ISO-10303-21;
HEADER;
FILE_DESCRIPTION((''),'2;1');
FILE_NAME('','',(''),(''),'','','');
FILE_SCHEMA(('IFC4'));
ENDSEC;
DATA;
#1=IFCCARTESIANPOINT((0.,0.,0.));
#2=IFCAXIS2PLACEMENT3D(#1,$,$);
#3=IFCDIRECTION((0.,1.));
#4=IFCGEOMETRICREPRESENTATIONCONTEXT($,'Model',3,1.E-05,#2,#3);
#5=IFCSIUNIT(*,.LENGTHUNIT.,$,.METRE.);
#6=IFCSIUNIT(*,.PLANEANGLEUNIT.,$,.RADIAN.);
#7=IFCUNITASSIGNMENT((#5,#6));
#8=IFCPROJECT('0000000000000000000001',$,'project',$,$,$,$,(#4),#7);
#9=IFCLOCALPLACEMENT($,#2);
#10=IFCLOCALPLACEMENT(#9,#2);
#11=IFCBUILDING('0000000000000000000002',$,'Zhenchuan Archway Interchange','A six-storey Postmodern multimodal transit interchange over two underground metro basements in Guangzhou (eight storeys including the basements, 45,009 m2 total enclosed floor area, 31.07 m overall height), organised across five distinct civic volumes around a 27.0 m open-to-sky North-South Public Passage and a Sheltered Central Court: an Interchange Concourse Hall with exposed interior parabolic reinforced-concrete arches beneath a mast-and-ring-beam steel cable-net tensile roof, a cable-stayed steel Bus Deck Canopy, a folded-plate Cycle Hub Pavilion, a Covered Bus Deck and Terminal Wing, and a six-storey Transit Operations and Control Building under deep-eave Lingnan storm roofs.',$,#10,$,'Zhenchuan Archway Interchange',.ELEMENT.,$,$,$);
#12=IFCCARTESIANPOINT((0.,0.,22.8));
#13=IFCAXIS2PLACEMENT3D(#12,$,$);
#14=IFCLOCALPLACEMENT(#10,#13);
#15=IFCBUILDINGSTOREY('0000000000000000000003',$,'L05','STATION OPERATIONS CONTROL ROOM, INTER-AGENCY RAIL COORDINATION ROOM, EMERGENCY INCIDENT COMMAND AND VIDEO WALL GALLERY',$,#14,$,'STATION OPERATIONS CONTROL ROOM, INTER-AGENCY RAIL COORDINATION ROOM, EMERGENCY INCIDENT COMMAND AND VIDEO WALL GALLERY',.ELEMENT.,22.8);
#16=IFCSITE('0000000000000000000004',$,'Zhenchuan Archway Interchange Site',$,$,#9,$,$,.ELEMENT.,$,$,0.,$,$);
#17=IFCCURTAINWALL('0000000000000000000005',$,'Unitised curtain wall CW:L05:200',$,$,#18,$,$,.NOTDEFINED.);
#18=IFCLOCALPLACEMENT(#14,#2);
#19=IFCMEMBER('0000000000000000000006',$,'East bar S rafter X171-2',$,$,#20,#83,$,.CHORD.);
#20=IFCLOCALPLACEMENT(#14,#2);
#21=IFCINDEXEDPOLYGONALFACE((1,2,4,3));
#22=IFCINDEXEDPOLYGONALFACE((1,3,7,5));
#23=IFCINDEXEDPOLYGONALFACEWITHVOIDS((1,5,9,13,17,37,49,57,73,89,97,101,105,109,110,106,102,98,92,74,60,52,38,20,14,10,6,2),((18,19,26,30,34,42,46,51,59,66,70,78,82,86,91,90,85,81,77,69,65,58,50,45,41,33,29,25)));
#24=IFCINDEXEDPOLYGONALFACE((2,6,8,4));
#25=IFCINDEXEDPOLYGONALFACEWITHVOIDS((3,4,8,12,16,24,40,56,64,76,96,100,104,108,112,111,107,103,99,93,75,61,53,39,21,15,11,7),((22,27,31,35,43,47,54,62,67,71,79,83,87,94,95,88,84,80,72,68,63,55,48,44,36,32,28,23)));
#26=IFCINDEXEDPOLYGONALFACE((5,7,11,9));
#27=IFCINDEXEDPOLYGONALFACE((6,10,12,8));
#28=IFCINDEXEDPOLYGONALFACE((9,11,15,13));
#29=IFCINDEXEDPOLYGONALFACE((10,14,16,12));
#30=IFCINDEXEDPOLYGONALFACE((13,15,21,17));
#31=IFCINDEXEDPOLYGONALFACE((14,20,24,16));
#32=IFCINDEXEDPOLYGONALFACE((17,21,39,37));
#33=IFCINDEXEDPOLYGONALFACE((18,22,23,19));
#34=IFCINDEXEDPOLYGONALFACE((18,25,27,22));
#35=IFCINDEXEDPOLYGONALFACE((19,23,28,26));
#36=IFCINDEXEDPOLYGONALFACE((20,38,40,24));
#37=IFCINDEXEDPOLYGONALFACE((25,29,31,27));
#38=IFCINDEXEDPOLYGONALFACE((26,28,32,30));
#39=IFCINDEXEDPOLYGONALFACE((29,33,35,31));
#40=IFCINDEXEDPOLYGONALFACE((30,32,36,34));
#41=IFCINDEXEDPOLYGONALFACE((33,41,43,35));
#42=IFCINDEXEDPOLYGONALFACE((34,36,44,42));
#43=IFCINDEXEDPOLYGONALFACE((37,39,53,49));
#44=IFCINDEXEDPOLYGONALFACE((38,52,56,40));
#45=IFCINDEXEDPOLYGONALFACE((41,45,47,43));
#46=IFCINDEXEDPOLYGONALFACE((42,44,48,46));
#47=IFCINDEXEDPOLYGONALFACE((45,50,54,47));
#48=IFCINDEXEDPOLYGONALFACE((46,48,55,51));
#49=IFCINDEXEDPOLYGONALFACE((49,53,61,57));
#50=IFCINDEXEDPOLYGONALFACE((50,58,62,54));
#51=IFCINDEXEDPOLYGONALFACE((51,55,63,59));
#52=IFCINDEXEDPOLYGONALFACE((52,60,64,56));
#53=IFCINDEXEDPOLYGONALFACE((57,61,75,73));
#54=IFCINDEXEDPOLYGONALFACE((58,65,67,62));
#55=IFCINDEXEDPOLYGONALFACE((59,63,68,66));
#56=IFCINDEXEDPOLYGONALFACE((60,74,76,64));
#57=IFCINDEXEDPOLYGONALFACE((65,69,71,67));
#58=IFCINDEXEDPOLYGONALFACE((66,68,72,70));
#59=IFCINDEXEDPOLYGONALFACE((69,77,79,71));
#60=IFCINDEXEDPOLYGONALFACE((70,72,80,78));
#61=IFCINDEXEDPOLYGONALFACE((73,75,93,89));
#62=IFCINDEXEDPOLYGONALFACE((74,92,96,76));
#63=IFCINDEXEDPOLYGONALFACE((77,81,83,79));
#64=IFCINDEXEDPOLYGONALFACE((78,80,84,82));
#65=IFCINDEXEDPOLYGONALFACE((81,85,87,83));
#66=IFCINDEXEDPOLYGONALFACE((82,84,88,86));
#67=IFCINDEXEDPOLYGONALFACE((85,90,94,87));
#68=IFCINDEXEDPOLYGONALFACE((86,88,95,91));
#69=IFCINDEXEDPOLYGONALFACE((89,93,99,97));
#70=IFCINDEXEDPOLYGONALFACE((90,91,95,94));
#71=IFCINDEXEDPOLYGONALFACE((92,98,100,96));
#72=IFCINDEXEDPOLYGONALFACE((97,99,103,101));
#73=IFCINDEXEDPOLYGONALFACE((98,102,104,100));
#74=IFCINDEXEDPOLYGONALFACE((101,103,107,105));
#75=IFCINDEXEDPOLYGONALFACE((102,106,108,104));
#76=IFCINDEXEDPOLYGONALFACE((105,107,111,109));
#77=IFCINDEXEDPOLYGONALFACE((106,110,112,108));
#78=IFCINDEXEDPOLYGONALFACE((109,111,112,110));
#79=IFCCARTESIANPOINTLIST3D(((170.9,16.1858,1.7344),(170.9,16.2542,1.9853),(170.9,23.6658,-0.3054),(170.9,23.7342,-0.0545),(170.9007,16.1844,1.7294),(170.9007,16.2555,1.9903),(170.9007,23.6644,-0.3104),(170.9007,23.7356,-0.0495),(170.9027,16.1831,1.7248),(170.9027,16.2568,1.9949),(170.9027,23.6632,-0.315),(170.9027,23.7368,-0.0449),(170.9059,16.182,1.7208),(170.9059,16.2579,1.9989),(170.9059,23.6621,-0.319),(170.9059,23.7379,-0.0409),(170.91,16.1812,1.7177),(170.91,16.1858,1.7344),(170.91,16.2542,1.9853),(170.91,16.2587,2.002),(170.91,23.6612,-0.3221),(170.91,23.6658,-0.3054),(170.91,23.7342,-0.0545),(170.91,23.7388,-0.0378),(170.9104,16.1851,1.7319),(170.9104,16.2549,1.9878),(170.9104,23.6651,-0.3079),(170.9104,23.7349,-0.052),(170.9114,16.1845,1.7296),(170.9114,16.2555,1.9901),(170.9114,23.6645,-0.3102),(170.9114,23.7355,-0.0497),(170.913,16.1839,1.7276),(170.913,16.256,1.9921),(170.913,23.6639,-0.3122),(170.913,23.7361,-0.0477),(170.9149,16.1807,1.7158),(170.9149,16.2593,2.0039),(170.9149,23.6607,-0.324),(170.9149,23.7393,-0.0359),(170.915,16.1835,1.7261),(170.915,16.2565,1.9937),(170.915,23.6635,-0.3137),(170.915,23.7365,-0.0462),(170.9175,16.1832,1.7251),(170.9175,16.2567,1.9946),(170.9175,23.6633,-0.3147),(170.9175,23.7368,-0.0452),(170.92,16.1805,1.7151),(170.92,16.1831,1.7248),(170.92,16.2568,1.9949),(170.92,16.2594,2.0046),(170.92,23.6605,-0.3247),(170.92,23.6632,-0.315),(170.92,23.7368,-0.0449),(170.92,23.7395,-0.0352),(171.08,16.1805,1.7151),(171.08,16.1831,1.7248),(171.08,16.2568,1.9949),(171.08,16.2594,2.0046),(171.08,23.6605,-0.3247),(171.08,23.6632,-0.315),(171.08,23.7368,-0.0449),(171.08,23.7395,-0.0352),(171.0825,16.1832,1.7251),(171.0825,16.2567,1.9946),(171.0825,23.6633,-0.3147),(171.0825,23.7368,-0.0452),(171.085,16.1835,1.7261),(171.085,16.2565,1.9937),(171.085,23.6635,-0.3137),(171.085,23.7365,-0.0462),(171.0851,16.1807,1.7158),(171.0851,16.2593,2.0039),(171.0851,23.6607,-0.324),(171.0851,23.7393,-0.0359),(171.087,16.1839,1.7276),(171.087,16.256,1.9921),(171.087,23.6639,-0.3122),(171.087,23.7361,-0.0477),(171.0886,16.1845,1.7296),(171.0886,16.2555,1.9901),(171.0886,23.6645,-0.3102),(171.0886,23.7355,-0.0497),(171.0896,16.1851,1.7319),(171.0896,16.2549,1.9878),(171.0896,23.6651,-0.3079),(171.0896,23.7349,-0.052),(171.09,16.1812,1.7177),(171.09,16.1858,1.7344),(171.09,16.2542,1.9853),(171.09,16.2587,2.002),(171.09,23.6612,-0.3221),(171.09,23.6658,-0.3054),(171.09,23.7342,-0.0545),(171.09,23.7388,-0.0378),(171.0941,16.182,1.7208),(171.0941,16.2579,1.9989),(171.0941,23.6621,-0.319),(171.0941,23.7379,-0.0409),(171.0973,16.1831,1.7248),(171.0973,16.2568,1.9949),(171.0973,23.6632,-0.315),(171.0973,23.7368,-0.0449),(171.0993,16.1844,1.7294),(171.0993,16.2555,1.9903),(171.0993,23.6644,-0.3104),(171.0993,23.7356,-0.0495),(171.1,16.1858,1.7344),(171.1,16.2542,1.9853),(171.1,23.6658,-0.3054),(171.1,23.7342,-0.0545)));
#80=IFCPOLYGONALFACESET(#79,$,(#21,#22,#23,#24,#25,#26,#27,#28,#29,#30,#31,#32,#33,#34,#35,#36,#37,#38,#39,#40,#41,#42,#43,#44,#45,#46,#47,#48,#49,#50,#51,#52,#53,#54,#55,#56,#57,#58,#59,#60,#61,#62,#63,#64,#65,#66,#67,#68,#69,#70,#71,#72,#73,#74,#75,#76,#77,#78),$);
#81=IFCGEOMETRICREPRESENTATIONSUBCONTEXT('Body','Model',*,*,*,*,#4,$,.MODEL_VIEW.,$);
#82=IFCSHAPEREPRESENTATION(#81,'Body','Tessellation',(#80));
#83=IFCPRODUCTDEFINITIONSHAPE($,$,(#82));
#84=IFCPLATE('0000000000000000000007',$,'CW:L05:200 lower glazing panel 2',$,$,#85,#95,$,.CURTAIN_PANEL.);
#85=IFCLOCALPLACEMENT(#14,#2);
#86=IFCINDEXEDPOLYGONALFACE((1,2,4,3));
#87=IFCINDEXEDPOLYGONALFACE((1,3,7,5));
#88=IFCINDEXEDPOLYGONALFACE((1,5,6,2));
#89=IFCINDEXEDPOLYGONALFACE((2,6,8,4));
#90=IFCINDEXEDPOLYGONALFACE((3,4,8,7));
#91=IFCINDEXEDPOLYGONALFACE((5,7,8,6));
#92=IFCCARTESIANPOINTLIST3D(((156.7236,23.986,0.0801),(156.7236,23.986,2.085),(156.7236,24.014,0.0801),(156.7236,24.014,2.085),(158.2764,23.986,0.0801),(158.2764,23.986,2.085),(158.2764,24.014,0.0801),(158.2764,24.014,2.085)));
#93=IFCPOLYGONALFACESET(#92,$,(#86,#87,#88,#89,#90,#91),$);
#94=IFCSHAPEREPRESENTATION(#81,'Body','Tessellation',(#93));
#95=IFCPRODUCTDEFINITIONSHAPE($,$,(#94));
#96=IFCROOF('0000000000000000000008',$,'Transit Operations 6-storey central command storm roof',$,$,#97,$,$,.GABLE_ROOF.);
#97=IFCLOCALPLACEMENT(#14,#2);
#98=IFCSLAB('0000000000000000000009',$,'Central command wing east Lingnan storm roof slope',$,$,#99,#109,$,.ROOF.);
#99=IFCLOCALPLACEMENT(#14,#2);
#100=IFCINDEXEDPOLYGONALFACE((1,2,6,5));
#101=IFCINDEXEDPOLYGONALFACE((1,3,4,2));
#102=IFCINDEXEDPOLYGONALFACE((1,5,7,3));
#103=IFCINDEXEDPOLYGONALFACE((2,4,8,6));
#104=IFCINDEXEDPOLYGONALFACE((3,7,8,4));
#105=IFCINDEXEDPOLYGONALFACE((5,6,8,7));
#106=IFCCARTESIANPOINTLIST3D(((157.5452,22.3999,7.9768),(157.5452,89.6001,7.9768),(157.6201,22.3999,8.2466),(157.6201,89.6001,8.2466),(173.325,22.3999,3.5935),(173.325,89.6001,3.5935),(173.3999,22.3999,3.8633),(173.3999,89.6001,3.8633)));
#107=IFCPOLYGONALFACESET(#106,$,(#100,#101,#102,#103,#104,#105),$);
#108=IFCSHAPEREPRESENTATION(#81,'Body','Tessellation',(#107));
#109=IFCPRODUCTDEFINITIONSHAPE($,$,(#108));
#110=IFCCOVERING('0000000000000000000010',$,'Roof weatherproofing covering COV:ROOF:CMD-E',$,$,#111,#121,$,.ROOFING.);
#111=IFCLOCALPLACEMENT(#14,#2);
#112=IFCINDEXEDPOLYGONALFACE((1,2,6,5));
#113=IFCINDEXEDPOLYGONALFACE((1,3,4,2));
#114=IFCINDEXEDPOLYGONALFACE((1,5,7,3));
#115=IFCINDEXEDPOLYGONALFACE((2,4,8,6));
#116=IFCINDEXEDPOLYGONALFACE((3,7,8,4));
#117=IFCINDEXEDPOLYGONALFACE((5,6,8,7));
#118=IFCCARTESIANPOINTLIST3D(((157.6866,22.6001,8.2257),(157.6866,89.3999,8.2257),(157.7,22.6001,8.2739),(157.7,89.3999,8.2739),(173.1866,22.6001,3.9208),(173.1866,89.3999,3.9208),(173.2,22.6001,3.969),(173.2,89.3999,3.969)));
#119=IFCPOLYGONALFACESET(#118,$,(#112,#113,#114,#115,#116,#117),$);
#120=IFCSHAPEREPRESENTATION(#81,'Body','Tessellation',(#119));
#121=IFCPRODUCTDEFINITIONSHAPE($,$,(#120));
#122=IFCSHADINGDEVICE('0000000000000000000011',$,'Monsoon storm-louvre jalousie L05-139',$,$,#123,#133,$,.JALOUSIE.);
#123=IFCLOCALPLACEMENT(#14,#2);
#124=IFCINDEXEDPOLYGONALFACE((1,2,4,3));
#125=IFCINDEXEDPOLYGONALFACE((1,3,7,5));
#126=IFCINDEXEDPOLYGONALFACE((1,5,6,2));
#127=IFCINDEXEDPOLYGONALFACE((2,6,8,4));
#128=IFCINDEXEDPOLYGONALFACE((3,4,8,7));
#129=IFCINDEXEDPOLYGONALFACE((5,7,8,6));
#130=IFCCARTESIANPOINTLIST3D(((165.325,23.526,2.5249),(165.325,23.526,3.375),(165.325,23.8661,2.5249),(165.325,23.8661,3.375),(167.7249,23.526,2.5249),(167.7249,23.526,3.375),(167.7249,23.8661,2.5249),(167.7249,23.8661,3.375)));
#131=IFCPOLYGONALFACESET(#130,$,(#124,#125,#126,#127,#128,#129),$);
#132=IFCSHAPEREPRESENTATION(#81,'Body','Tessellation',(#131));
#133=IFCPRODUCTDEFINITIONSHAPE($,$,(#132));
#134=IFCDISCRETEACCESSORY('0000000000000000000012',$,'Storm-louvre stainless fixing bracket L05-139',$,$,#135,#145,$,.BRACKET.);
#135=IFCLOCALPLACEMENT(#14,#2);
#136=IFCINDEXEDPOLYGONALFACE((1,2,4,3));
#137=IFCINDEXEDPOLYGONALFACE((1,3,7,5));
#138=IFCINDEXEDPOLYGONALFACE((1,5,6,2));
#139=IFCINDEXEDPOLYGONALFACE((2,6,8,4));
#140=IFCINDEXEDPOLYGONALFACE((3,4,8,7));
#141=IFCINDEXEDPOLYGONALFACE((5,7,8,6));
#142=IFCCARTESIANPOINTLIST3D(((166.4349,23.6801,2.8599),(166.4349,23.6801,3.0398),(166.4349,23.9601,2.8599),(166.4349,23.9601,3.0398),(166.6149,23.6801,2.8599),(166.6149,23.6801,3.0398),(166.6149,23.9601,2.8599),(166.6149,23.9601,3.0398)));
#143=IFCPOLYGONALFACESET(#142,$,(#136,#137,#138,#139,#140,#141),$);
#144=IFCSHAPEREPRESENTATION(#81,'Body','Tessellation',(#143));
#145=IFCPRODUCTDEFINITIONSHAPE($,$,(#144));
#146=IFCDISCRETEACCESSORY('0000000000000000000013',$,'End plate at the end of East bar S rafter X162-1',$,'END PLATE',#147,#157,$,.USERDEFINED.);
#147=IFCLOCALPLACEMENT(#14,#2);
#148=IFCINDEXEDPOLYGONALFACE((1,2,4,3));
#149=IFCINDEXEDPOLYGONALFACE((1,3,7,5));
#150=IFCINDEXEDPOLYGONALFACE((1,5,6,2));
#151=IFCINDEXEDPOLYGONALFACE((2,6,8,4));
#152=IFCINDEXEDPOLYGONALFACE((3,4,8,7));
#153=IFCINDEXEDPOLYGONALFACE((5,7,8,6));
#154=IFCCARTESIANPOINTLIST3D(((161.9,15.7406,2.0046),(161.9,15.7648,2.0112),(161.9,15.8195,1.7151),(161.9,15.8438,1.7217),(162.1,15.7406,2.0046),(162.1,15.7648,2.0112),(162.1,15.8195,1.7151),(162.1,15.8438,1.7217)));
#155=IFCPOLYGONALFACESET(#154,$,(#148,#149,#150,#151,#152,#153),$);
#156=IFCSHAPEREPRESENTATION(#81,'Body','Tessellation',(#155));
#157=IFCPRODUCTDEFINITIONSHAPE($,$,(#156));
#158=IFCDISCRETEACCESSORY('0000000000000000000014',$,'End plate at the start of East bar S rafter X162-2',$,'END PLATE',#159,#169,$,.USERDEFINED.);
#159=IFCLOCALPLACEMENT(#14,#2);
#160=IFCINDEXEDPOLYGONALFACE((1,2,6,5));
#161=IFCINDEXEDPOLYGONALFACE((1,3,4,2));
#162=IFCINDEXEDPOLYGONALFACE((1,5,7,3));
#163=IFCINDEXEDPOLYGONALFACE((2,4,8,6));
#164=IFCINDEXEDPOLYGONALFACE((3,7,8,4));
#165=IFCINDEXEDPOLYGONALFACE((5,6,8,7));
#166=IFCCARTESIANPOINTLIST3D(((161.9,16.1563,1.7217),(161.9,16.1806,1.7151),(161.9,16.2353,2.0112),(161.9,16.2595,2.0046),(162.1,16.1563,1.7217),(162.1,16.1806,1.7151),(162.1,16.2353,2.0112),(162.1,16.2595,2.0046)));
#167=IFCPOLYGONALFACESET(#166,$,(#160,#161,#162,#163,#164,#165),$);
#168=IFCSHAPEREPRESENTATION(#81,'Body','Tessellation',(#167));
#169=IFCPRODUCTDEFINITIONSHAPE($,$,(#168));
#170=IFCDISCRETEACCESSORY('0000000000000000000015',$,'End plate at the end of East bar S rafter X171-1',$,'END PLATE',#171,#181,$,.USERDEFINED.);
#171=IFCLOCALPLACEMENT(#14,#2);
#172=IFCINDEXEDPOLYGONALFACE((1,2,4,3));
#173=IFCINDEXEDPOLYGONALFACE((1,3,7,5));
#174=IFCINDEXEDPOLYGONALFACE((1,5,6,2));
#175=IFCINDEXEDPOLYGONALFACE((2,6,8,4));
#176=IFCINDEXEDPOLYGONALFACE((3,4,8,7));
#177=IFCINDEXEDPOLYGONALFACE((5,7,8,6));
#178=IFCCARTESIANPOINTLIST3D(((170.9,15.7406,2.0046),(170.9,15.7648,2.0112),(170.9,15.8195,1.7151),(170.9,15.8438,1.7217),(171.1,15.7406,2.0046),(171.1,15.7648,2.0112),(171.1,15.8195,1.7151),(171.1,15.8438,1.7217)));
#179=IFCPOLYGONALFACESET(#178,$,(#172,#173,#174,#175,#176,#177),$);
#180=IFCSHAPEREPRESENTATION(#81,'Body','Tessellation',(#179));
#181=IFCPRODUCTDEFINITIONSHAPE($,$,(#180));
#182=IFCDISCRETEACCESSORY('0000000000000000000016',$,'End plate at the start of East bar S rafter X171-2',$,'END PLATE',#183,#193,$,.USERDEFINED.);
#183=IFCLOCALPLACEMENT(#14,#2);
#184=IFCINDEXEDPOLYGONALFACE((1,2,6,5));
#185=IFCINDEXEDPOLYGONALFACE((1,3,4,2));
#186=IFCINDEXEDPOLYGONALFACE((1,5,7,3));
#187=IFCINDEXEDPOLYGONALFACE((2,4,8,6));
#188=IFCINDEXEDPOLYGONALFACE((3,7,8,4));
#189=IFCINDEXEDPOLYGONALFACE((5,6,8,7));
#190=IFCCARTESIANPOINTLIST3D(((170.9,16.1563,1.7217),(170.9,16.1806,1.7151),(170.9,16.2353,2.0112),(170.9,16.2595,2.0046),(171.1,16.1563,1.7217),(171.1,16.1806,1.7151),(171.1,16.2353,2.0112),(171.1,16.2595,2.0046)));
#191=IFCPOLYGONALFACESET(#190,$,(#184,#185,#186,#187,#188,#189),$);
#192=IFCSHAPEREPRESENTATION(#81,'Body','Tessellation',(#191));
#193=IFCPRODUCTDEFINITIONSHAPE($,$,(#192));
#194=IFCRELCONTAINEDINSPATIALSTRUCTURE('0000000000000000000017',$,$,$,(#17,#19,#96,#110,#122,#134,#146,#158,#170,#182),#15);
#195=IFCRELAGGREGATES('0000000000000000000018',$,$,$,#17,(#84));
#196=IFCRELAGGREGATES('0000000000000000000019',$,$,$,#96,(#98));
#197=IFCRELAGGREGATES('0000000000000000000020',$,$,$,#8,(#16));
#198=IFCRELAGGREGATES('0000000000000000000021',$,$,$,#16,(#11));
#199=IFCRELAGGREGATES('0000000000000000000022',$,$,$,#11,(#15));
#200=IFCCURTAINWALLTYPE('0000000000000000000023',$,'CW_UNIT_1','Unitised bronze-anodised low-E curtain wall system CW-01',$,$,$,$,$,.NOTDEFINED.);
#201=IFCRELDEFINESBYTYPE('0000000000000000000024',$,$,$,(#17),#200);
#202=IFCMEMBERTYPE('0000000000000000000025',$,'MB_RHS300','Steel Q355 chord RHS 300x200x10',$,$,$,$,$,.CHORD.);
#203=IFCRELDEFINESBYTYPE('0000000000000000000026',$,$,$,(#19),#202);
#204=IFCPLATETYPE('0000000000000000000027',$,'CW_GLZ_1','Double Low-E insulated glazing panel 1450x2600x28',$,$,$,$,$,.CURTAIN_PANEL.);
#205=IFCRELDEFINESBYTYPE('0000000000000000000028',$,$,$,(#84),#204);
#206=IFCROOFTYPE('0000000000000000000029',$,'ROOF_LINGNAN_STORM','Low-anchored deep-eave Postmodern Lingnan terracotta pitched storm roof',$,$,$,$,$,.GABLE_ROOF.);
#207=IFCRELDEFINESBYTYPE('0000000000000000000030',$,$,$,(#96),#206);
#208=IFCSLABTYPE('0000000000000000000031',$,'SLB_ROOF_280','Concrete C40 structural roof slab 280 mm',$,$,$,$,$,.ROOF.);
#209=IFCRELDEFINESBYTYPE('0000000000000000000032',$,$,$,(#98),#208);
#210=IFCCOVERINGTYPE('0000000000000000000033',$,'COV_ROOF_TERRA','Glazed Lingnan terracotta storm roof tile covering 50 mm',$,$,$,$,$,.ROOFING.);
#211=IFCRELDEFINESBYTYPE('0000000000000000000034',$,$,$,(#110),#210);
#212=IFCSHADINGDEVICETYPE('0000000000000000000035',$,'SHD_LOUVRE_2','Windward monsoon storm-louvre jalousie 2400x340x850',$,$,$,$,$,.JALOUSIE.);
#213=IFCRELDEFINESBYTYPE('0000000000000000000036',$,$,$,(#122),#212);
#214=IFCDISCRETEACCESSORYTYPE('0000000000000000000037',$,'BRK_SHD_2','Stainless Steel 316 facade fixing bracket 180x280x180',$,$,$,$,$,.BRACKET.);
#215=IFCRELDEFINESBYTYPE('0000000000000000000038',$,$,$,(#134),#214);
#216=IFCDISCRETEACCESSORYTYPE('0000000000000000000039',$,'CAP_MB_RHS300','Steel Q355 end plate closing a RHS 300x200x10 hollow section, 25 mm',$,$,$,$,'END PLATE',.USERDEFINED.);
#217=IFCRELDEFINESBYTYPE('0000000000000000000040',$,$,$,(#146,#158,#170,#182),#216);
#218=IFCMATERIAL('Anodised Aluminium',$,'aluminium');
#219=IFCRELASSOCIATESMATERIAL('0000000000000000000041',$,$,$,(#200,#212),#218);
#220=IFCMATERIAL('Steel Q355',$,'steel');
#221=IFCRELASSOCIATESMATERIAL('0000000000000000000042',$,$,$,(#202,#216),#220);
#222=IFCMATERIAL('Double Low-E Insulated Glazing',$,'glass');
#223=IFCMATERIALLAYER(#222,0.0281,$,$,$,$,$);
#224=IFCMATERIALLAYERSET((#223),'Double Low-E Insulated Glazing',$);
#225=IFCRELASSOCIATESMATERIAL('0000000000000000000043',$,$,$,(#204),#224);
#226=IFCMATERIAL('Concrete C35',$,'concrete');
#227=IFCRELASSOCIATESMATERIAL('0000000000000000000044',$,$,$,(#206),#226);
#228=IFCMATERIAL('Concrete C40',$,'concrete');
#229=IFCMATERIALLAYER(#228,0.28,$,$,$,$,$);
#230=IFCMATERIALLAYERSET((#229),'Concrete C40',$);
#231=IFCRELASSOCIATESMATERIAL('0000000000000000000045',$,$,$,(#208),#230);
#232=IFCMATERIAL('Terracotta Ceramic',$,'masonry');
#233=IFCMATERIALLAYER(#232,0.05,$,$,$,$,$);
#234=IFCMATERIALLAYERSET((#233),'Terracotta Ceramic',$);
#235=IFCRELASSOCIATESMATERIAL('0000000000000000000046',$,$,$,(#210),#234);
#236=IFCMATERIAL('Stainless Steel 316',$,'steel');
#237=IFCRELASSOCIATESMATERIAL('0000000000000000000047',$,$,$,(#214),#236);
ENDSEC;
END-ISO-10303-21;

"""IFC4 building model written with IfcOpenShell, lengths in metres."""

from ifc_helpers import new_model, si_unit, direction, frame, origin, origin_2d, place, context, subcontext, project, spatial, polyline, rectangle, hollow_rectangle, outline, extrude, material, layer, layer_set, material_profile, profile_set, type_object, element, aggregate, save


model = new_model("IFC4")

# Units and contexts
model_context = context("Model", 3, precision=1e-05, world=origin(), true_north=direction((0.0, 1.0)))
body_context = subcontext(model_context, "Body", "Model", "MODEL_VIEW")
ifc_project = project(units=[si_unit("LENGTHUNIT", "METRE"), si_unit("PLANEANGLEUNIT", "RADIAN")], contexts=[model_context])

# Site, building, storey
site_placement = place(None, origin())
site = spatial("IfcSite", under=ifc_project, at=site_placement, Name="Zhenchuan Archway Interchange Site", CompositionType="ELEMENT", RefElevation=0.0)
building_placement = place(site_placement, origin())
building = spatial("IfcBuilding", under=site, at=building_placement, Name="Zhenchuan Archway Interchange", Description="A six-storey Postmodern multimodal transit interchange over two underground metro basements in Guangzhou (eight storeys including the basements, 45,009 m2 total enclosed floor area, 31.07 m overall height), organised across five distinct civic volumes around a 27.0 m open-to-sky North-South Public Passage and a Sheltered Central Court: an Interchange Concourse Hall with exposed interior parabolic reinforced-concrete arches beneath a mast-and-ring-beam steel cable-net tensile roof, a cable-stayed steel Bus Deck Canopy, a folded-plate Cycle Hub Pavilion, a Covered Bus Deck and Terminal Wing, and a six-storey Transit Operations and Control Building under deep-eave Lingnan storm roofs.", LongName="Zhenchuan Archway Interchange", CompositionType="ELEMENT")
storey_placement = place(building_placement, frame((0.0, 0.0, 22.8)))
storey = spatial("IfcBuildingStorey", under=building, at=storey_placement, Name="L05", Description="STATION OPERATIONS CONTROL ROOM, INTER-AGENCY RAIL COORDINATION ROOM, EMERGENCY INCIDENT COMMAND AND VIDEO WALL GALLERY", LongName="STATION OPERATIONS CONTROL ROOM, INTER-AGENCY RAIL COORDINATION ROOM, EMERGENCY INCIDENT COMMAND AND VIDEO WALL GALLERY", CompositionType="ELEMENT", Elevation=22.8)

# Shared definitions
ifc_material_1 = material(Name="Steel Q355", Category="steel")

# Curtain wall
ifc_material_2 = material(Name="Anodised Aluminium", Category="aluminium")
curtain_wall_type = type_object("IfcCurtainWallType", Name="CW_UNIT_1", Description="Unitised bronze-anodised low-E curtain wall system CW-01", PredefinedType="NOTDEFINED", material=ifc_material_2)
curtain_wall_placement = place(storey_placement, origin())
curtain_wall = element("IfcCurtainWall", 1, at=curtain_wall_placement, inside=storey, type_object=curtain_wall_type, Name="Unitised curtain wall CW:L05:200", PredefinedType="NOTDEFINED")

# Member
ifc_material_profile_1 = material_profile(ifc_material_1, hollow_rectangle(XDim=0.2, YDim=0.3, WallThickness=0.01, InnerFilletRadius=0.01, OuterFilletRadius=0.02, at=origin_2d()), Name="RHS 300x200x10")
ifc_profile_set_1 = profile_set([ifc_material_profile_1], Name="Steel Q355")
member_type_1 = type_object("IfcMemberType", Name="MB_RHS300", Description="Steel Q355 chord RHS 300x200x10", PredefinedType="CHORD", material=ifc_profile_set_1)
for number, where, z_axis, x_axis, name in (
    (2, (171.0, 16.22, 1.8599), (0.0, 0.96477, -0.263093), (-1.0, 0.0, 0.0), "East bar S rafter X171-2"),
):
    element("IfcMember", number, at=place(storey_placement, frame(where, z_axis=z_axis, x_axis=x_axis)), inside=storey, type_object=member_type_1, Name=name, PredefinedType="CHORD", context=body_context, shape_type="SweptSolid", body=[
        extrude(hollow_rectangle(XDim=0.2, YDim=0.3, WallThickness=0.01, InnerFilletRadius=0.01, OuterFilletRadius=0.02, at=origin_2d()), origin(), (0.0, 0.0, 1.0), 7.7532),
    ])

# Plate
ifc_material_3 = material(Name="Double Low-E Insulated Glazing", Category="glass")
ifc_layer_1 = layer(ifc_material_3, 0.0281)
ifc_layer_set_1 = layer_set([ifc_layer_1], Name="Double Low-E Insulated Glazing")
plate_type = type_object("IfcPlateType", Name="CW_GLZ_1", Description="Double Low-E insulated glazing panel 1450x2600x28", PredefinedType="CURTAIN_PANEL", material=ifc_layer_set_1)
plate_placement = place(storey_placement, frame((157.5, 24.0, 0.0801), z_axis=(0.0, 0.0, 1.0), x_axis=(-1.0, 0.0, 0.0)))
plate = element("IfcPlate", 3, at=plate_placement, type_object=plate_type, Name="CW:L05:200 lower glazing panel 2", PredefinedType="CURTAIN_PANEL", context=body_context, shape_type="SweptSolid", body=[
    extrude(rectangle(XDim=1.5527, YDim=0.0281, at=origin_2d()), origin(), (0.0, 0.0, 1.0), 2.0049),
])
aggregate(curtain_wall, [plate])

# Roof, slab
ifc_material_4 = material(Name="Concrete C35", Category="concrete")
roof_type = type_object("IfcRoofType", Name="ROOF_LINGNAN_STORM", Description="Low-anchored deep-eave Postmodern Lingnan terracotta pitched storm roof", PredefinedType="GABLE_ROOF", material=ifc_material_4)
roof_placement = place(storey_placement, origin())
roof = element("IfcRoof", 4, at=roof_placement, inside=storey, type_object=roof_type, Name="Transit Operations 6-storey central command storm roof", PredefinedType="GABLE_ROOF")
ifc_material_5 = material(Name="Concrete C40", Category="concrete")
ifc_layer_2 = layer(ifc_material_5, 0.28)
ifc_layer_set_2 = layer_set([ifc_layer_2], Name="Concrete C40")
slab_type = type_object("IfcSlabType", Name="SLB_ROOF_280", Description="Concrete C40 structural roof slab 280 mm", PredefinedType="ROOF", material=ifc_layer_set_2)
slab_placement = place(storey_placement, frame((157.6201, 22.3999, 8.2466), z_axis=(0.267645, 0.0, 0.963517), x_axis=(0.963517, 0.0, -0.267645)))
slab = element("IfcSlab", 5, at=slab_placement, type_object=slab_type, Name="Central command wing east Lingnan storm roof slope", PredefinedType="ROOF", context=body_context, shape_type="SweptSolid", body=[
    extrude(outline(polyline([(0.0, 0.0), (16.3773, 0.0), (16.3773, 67.2002), (0.0, 67.2002), (0.0, 0.0)])), origin(), (0.0, 0.0, -1.0), 0.28),
])
aggregate(roof, [slab])

# Covering
ifc_material_6 = material(Name="Terracotta Ceramic", Category="masonry")
ifc_layer_3 = layer(ifc_material_6, 0.05)
ifc_layer_set_3 = layer_set([ifc_layer_3], Name="Terracotta Ceramic")
covering_type = type_object("IfcCoveringType", Name="COV_ROOF_TERRA", Description="Glazed Lingnan terracotta storm roof tile covering 50 mm", PredefinedType="ROOFING", material=ifc_layer_set_3)
covering_placement = place(storey_placement, frame((157.7, 22.6001, 8.2739), z_axis=(0.267608, 0.0, 0.963528), x_axis=(0.963528, 0.0, -0.267608)))
element("IfcCovering", 6, at=covering_placement, inside=storey, type_object=covering_type, Name="Roof weatherproofing covering COV:ROOF:CMD-E", PredefinedType="ROOFING", context=body_context, shape_type="SweptSolid", body=[
    extrude(outline(polyline([(0.0, 0.0), (16.0867, 0.0), (16.0867, 66.7998), (0.0, 66.7998), (0.0, 0.0)])), origin(), (0.0, 0.0, -1.0), 0.05),
])

# Shading device
shading_device_type = type_object("IfcShadingDeviceType", Name="SHD_LOUVRE_2", Description="Windward monsoon storm-louvre jalousie 2400x340x850", PredefinedType="JALOUSIE", material=ifc_material_2)
shading_device_placement = place(storey_placement, frame((166.5249, 23.696, 2.5249), z_axis=(0.0, 0.0, 1.0), x_axis=(-1.0, 0.0, 0.0)))
element("IfcShadingDevice", 7, at=shading_device_placement, inside=storey, type_object=shading_device_type, Name="Monsoon storm-louvre jalousie L05-139", PredefinedType="JALOUSIE", context=body_context, shape_type="SweptSolid", body=[
    extrude(rectangle(XDim=2.3999, YDim=0.3401, at=origin_2d()), origin(), (0.0, 0.0, 1.0), 0.8501),
])

# Discrete accessories
ifc_material_7 = material(Name="Stainless Steel 316", Category="steel")
discrete_accessory_type_1 = type_object("IfcDiscreteAccessoryType", Name="BRK_SHD_2", Description="Stainless Steel 316 facade fixing bracket 180x280x180", PredefinedType="BRACKET", material=ifc_material_7)
discrete_accessory_placement = place(storey_placement, frame((166.5249, 23.8201, 2.8599), z_axis=(0.0, 0.0, 1.0), x_axis=(-1.0, 0.0, 0.0)))
element("IfcDiscreteAccessory", 8, at=discrete_accessory_placement, inside=storey, type_object=discrete_accessory_type_1, Name="Storm-louvre stainless fixing bracket L05-139", PredefinedType="BRACKET", context=body_context, shape_type="SweptSolid", body=[
    extrude(rectangle(XDim=0.1799, YDim=0.28, at=origin_2d()), origin(), (0.0, 0.0, 1.0), 0.1799),
])
discrete_accessory_type_2 = type_object("IfcDiscreteAccessoryType", Name="CAP_MB_RHS300", Description="Steel Q355 end plate closing a RHS 300x200x10 hollow section, 25 mm", ElementType="END PLATE", PredefinedType="USERDEFINED", material=ifc_material_1)
for number, where, z_axis, x_axis, name in (
    (9, (162.0, 15.78, 1.8599), (0.0, 0.964764, 0.263117), (-1.0, 0.0, 0.0), "End plate at the end of East bar S rafter X162-1"),
    (10, (162.0, 16.1958, 1.8665), (0.0, 0.964764, -0.263117), (-1.0, 0.0, 0.0), "End plate at the start of East bar S rafter X162-2"),
    (11, (171.0, 15.78, 1.8599), (0.0, 0.964764, 0.263117), (-1.0, 0.0, 0.0), "End plate at the end of East bar S rafter X171-1"),
    (12, (171.0, 16.1958, 1.8665), (0.0, 0.964764, -0.263117), (-1.0, 0.0, 0.0), "End plate at the start of East bar S rafter X171-2"),
):
    element("IfcDiscreteAccessory", number, at=place(storey_placement, frame(where, z_axis=z_axis, x_axis=x_axis)), inside=storey, type_object=discrete_accessory_type_2, Name=name, ObjectType="END PLATE", PredefinedType="USERDEFINED", context=body_context, shape_type="SweptSolid", body=[
        extrude(rectangle(XDim=0.2, YDim=0.3, at=origin_2d()), origin(), (0.0, 0.0, 1.0), 0.0251),
    ])

save(model, "model.ifc")
